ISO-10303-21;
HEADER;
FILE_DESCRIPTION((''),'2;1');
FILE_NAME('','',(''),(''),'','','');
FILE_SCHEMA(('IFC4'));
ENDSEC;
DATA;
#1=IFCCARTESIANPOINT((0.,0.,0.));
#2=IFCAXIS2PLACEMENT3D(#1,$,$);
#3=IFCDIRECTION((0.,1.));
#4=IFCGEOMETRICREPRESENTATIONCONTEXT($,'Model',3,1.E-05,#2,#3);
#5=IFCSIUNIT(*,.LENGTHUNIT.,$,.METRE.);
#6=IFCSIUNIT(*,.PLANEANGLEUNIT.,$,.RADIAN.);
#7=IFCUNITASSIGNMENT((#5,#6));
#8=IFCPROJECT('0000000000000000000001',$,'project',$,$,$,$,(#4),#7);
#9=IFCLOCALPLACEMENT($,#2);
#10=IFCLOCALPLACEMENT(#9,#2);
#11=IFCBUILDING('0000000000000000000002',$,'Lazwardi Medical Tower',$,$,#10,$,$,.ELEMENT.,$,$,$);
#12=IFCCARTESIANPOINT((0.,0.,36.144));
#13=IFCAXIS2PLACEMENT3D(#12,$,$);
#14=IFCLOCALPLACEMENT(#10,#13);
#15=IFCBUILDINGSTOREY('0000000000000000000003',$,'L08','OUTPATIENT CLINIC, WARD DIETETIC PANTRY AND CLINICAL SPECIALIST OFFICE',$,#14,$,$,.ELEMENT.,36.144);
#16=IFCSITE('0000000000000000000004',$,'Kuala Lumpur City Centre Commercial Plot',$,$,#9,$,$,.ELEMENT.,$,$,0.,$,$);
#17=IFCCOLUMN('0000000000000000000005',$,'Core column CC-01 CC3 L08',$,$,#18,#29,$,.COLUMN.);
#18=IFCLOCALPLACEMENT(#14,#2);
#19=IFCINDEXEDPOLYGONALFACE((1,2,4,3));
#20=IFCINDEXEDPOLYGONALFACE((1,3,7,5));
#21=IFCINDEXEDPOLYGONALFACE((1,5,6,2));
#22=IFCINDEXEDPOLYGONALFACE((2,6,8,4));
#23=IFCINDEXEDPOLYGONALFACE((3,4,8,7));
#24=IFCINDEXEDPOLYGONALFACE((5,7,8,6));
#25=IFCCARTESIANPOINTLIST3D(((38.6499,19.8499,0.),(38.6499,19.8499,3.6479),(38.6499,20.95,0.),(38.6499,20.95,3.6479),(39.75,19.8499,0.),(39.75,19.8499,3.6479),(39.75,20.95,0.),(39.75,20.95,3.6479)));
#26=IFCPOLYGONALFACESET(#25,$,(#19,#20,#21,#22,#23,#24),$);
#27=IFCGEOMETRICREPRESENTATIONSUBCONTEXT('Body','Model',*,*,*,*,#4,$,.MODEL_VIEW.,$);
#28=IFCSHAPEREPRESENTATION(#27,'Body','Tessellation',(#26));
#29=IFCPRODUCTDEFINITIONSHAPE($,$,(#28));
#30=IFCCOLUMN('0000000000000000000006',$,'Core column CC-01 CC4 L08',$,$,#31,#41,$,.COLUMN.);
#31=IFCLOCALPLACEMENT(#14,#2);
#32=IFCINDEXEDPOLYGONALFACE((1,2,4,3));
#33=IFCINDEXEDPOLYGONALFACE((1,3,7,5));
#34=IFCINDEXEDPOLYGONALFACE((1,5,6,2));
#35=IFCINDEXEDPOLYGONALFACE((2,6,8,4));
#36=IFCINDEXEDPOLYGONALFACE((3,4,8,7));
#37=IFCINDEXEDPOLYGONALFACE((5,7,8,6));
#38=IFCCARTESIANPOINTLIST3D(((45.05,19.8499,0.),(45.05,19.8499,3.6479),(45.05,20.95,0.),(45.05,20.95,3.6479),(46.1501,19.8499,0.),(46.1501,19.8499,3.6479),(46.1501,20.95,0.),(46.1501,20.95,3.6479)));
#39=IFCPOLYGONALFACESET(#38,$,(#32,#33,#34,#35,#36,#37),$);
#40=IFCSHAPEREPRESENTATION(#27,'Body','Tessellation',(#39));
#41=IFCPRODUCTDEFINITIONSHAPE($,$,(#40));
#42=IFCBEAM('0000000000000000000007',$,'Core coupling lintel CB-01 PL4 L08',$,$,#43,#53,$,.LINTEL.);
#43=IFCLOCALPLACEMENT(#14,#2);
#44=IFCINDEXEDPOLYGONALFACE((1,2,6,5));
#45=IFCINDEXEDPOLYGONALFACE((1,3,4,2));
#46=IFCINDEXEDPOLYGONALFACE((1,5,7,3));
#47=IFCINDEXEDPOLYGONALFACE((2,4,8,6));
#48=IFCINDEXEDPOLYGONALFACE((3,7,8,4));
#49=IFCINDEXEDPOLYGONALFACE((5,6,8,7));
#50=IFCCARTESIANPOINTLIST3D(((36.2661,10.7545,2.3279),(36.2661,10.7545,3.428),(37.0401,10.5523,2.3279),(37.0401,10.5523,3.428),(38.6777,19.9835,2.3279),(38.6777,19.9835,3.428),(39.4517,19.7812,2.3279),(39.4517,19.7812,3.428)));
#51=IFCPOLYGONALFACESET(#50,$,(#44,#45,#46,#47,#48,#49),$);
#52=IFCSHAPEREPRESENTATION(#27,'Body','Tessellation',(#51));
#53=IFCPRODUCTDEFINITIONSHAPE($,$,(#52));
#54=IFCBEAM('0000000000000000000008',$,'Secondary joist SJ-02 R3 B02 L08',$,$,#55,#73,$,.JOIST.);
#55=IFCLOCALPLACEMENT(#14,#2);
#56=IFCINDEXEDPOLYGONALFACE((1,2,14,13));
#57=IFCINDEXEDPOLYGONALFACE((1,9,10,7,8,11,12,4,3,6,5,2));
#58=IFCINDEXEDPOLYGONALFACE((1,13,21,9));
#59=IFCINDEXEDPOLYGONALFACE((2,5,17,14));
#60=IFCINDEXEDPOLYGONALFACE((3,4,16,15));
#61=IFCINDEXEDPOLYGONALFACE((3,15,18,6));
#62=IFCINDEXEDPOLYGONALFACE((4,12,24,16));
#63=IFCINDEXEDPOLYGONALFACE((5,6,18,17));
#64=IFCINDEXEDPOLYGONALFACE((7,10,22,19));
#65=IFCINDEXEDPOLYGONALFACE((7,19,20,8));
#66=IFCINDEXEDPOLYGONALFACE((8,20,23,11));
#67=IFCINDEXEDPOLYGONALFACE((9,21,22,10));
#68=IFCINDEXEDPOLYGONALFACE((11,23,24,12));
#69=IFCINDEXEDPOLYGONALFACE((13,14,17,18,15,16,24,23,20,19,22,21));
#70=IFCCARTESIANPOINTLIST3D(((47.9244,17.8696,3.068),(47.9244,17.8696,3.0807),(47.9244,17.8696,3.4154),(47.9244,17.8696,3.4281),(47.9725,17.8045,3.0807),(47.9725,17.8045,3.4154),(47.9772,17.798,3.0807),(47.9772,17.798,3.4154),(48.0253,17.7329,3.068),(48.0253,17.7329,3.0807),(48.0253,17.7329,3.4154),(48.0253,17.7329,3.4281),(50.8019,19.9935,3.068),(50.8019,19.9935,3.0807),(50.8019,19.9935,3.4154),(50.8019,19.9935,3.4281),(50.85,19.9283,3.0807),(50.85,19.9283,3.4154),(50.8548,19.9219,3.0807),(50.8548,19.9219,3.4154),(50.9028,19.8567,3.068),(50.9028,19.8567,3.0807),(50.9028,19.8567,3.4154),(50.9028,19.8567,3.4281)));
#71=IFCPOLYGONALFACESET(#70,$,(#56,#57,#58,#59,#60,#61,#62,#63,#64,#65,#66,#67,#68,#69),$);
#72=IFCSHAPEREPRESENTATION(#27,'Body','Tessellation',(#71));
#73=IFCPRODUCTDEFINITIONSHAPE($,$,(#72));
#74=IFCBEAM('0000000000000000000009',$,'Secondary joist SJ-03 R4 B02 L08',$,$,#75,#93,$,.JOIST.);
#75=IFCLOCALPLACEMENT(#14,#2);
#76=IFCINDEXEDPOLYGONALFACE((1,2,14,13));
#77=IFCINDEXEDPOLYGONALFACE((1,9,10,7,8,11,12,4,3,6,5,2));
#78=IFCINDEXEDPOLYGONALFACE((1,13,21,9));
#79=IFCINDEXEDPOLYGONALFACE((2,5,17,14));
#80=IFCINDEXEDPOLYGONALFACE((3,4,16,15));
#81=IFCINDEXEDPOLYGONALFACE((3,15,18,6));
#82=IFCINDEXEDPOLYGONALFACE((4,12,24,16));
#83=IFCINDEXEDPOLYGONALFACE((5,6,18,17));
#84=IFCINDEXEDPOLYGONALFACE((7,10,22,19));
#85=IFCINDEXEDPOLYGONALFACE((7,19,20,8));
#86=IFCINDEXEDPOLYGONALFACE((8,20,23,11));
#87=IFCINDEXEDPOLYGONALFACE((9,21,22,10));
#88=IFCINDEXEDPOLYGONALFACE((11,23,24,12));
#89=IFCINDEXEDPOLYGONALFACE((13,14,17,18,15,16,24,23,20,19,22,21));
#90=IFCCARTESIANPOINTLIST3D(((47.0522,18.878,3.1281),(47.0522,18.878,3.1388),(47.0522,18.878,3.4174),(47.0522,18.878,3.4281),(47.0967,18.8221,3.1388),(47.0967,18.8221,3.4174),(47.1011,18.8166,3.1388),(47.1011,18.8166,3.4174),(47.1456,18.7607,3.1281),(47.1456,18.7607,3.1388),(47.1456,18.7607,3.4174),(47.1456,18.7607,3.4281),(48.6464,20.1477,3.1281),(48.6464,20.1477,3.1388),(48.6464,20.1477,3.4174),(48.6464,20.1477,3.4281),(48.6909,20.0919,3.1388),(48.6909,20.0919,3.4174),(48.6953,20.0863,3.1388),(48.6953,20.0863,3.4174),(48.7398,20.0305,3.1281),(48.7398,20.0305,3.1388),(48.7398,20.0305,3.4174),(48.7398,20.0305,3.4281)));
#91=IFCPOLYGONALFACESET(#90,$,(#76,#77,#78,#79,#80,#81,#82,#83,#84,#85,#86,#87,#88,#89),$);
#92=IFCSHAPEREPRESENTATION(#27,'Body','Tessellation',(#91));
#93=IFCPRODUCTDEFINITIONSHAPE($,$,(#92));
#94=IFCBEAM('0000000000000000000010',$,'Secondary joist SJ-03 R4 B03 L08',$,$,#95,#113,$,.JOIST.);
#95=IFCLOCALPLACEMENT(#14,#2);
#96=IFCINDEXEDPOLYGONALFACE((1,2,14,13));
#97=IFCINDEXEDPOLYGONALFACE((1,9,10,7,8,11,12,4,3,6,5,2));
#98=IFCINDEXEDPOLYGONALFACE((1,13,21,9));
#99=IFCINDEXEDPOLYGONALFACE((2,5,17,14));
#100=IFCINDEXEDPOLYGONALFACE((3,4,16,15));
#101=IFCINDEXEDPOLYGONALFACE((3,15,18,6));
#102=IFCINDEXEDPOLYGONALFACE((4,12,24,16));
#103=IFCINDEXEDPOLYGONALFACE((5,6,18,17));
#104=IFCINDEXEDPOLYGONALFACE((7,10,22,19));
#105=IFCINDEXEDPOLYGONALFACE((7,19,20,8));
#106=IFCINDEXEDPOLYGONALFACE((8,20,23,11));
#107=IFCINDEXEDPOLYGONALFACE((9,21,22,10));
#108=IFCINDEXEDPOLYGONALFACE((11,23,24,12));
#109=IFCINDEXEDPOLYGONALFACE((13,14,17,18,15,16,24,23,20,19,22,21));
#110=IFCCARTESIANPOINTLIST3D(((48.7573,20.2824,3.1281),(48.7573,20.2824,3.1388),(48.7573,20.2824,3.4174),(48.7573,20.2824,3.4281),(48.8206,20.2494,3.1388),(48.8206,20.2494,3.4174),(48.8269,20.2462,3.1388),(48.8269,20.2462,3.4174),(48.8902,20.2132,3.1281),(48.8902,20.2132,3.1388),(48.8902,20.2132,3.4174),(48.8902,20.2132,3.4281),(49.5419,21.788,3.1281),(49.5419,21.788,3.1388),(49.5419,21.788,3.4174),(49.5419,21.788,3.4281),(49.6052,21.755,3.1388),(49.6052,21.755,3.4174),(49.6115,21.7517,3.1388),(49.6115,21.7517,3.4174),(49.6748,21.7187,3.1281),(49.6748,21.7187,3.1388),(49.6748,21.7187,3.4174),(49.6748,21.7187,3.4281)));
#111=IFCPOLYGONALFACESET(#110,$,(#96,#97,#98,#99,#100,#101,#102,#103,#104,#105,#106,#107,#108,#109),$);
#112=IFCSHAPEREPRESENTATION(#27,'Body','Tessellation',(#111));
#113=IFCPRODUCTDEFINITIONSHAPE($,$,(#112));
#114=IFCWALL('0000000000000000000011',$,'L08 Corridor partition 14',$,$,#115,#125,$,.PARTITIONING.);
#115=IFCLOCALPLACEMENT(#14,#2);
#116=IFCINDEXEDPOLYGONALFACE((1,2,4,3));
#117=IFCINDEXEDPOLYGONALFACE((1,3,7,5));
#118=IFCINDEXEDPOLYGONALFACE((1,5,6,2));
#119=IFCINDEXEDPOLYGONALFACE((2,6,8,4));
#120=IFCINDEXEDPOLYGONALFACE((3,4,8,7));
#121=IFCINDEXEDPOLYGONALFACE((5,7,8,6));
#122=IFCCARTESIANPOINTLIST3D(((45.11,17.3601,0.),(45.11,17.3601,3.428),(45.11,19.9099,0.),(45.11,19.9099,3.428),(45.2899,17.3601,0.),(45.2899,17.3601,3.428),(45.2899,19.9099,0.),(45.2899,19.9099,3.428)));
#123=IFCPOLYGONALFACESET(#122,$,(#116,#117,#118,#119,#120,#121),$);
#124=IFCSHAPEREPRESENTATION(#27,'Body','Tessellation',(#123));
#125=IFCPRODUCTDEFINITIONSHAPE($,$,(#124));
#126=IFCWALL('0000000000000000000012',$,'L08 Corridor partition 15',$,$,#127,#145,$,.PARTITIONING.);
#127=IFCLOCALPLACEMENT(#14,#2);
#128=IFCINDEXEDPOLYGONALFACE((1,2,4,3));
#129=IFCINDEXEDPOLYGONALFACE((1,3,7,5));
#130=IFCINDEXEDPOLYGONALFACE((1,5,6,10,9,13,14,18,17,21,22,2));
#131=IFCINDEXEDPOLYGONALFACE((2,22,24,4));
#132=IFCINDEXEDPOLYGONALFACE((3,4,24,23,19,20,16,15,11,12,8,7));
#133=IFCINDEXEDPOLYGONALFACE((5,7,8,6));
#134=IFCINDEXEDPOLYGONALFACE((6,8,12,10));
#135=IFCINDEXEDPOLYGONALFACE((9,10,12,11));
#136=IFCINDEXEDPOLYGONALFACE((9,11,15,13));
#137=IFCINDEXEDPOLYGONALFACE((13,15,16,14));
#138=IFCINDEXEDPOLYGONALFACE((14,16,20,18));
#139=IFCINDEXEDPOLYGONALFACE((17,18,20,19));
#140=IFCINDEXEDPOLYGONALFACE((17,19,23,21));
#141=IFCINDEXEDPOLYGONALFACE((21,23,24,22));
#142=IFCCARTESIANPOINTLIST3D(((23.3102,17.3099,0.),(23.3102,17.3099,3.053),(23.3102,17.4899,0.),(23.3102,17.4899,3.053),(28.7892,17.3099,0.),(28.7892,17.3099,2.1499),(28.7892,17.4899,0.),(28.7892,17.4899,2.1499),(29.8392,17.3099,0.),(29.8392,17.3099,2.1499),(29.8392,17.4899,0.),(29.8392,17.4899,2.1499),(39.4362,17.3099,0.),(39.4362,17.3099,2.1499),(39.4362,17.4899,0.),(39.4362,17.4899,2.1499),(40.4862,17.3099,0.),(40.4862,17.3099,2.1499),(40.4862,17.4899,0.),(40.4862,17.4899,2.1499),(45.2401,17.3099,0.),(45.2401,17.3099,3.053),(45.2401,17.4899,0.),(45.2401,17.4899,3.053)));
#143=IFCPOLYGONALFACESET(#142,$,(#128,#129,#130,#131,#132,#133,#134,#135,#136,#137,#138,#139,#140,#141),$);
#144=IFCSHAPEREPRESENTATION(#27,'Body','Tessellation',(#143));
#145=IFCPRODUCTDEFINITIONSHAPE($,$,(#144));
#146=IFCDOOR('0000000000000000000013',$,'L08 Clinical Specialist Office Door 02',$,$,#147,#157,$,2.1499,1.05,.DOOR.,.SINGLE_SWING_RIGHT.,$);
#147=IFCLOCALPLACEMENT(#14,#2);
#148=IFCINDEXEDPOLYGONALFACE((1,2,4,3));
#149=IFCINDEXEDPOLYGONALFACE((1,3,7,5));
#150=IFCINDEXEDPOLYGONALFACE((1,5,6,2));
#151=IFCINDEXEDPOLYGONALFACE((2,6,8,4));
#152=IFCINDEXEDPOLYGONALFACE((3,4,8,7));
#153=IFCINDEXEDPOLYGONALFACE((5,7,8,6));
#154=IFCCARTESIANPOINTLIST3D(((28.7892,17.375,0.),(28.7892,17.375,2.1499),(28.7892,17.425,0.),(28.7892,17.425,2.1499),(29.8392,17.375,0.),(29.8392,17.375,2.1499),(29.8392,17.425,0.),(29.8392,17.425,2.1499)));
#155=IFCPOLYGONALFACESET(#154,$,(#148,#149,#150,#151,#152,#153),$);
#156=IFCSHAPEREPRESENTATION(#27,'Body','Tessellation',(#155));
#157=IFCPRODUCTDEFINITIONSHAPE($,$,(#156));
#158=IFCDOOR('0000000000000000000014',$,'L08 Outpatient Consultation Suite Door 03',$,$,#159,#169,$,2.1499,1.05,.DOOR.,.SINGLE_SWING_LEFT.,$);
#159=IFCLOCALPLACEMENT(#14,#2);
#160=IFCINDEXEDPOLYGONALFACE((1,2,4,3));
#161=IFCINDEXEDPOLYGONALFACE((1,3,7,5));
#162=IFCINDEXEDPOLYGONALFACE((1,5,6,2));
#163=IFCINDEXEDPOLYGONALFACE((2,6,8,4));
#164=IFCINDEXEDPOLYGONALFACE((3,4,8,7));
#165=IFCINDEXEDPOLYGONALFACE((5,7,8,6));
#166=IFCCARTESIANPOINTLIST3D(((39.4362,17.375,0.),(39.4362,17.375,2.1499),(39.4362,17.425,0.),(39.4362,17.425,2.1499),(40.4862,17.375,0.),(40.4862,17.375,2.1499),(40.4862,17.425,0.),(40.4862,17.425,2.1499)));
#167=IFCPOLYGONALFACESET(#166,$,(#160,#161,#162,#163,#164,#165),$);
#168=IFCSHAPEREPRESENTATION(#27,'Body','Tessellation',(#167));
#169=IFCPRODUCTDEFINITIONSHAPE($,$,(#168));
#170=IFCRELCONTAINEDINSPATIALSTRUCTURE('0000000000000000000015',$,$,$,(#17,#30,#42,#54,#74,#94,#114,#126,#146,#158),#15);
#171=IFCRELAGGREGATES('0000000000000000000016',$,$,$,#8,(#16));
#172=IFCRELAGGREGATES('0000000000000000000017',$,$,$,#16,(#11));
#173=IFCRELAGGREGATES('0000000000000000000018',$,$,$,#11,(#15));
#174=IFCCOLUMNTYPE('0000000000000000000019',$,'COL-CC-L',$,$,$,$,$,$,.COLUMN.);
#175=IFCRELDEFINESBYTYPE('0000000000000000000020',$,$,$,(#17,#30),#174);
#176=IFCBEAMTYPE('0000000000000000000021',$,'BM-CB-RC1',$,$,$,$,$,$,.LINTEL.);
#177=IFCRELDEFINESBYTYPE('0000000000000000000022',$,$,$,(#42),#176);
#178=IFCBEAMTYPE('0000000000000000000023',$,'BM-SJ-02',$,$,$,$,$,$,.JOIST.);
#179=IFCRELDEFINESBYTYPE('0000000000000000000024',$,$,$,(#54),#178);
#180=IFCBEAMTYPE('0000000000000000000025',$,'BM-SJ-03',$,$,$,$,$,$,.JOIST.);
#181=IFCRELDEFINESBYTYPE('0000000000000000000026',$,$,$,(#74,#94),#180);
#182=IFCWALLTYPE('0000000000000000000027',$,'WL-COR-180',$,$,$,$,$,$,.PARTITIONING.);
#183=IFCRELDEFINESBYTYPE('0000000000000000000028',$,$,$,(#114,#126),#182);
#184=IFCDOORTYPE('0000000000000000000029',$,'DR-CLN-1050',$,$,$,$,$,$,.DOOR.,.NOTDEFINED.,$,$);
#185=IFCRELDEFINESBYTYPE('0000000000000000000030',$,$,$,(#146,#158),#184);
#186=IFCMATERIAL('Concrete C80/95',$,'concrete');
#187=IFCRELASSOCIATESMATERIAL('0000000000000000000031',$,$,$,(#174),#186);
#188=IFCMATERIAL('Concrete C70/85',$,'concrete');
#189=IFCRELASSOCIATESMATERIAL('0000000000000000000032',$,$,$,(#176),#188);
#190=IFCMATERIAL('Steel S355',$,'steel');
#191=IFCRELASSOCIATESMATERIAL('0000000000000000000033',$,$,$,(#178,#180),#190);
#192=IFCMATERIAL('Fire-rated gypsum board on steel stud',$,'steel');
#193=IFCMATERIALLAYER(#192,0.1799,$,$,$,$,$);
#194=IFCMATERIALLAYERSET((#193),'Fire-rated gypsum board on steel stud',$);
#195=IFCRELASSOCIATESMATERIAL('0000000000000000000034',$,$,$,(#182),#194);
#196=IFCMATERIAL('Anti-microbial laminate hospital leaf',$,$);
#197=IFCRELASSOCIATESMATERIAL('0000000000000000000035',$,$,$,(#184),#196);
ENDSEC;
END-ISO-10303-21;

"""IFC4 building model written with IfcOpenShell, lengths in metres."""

from ifc_helpers import new_model, si_unit, direction, frame, frame_2d, origin, origin_2d, place, context, subcontext, project, spatial, rectangle, i_section, extrude, material, layer, layer_set, material_profile, profile_set, type_object, element, fill, save


model = new_model("IFC4")

# Units and contexts
model_context = context("Model", 3, precision=1e-05, world=origin(), true_north=direction((0.0, 1.0)))
body_context = subcontext(model_context, "Body", "Model", "MODEL_VIEW")
ifc_project = project(units=[si_unit("LENGTHUNIT", "METRE"), si_unit("PLANEANGLEUNIT", "RADIAN")], contexts=[model_context])

# Site, building, storey
site_placement = place(None, origin())
site = spatial("IfcSite", under=ifc_project, at=site_placement, Name="Kuala Lumpur City Centre Commercial Plot", CompositionType="ELEMENT", RefElevation=0.0)
building_placement = place(site_placement, origin())
building = spatial("IfcBuilding", under=site, at=building_placement, Name="Lazwardi Medical Tower", CompositionType="ELEMENT")
storey_placement = place(building_placement, frame((0.0, 0.0, 36.144)))
storey = spatial("IfcBuildingStorey", under=building, at=storey_placement, Name="L08", Description="OUTPATIENT CLINIC, WARD DIETETIC PANTRY AND CLINICAL SPECIALIST OFFICE", CompositionType="ELEMENT", Elevation=36.144)

# Columns
ifc_material_1 = material(Name="Concrete C80/95", Category="concrete")
ifc_material_profile_1 = material_profile(ifc_material_1, rectangle(XDim=1.1001, YDim=1.1001, at=origin_2d()), Name="RC 1100x1100")
ifc_profile_set_1 = profile_set([ifc_material_profile_1], Name="Concrete C80/95")
column_type = type_object("IfcColumnType", Name="COL-CC-L", PredefinedType="COLUMN", material=ifc_profile_set_1)
for number, where, z_axis, x_axis, name in (
    (1, (39.2, 20.3999, 0.0), (0.0, 0.0, 1.0), (1.0, 0.0, 0.0), "Core column CC-01 CC3 L08"),
    (2, (45.6001, 20.3999, 0.0), (0.0, 0.0, 1.0), (1.0, 0.0, 0.0), "Core column CC-01 CC4 L08"),
):
    element("IfcColumn", number, at=place(storey_placement, frame(where, z_axis=z_axis, x_axis=x_axis)), inside=storey, type_object=column_type, Name=name, PredefinedType="COLUMN", context=body_context, shape_type="SweptSolid", body=[
        extrude(rectangle(XDim=1.1001, YDim=1.1001, at=origin_2d()), origin(), (0.0, 0.0, 1.0), 3.6479),
    ])

# Beams
ifc_material_2 = material(Name="Concrete C70/85", Category="concrete")
ifc_material_profile_2 = material_profile(ifc_material_2, rectangle(XDim=0.8, YDim=1.1001, at=origin_2d()), Name="RC 800x1100")
ifc_profile_set_2 = profile_set([ifc_material_profile_2], Name="Concrete C70/85")
beam_type_1 = type_object("IfcBeamType", Name="BM-CB-RC1", PredefinedType="LINTEL", material=ifc_profile_set_2)
beam_1_placement = place(storey_placement, frame((39.0647, 19.8823, 2.8779), z_axis=(-0.25282, -0.967513, 0.0), x_axis=(0.967513, -0.25282, 0.0)))
element("IfcBeam", 3, at=beam_1_placement, inside=storey, type_object=beam_type_1, Name="Core coupling lintel CB-01 PL4 L08", PredefinedType="LINTEL", context=body_context, shape_type="SweptSolid", body=[
    extrude(rectangle(XDim=0.8, YDim=1.1001, at=origin_2d()), origin(), (0.0, 0.0, 1.0), 9.5388),
])
ifc_material_3 = material(Name="Steel S355", Category="steel")
ifc_material_profile_3 = material_profile(ifc_material_3, i_section(OverallWidth=0.1699, OverallDepth=0.3601, WebThickness=0.0081, FlangeThickness=0.0127, at=origin_2d()), Name="IPE 360")
ifc_profile_set_3 = profile_set([ifc_material_profile_3], Name="Steel S355")
beam_type_2 = type_object("IfcBeamType", Name="BM-SJ-02", PredefinedType="JOIST", material=ifc_profile_set_3)
beam_2_placement = place(storey_placement, frame((47.9749, 17.8013, 3.248), z_axis=(0.80458, 0.593844, 0.0), x_axis=(-0.593844, 0.80458, 0.0)))
element("IfcBeam", 4, at=beam_2_placement, inside=storey, type_object=beam_type_2, Name="Secondary joist SJ-02 R3 B02 L08", PredefinedType="JOIST", context=body_context, shape_type="SweptSolid", body=[
    extrude(i_section(OverallWidth=0.1699, OverallDepth=0.3601, WebThickness=0.0081, FlangeThickness=0.0127, at=origin_2d()), origin(), (0.0, 0.0, 1.0), 3.5764),
])
ifc_material_profile_4 = material_profile(ifc_material_3, i_section(OverallWidth=0.1499, OverallDepth=0.3, WebThickness=0.0071, FlangeThickness=0.0107, at=origin_2d()), Name="IPE 300")
ifc_profile_set_4 = profile_set([ifc_material_profile_4], Name="Steel S355")
beam_type_3 = type_object("IfcBeamType", Name="BM-SJ-03", PredefinedType="JOIST", material=ifc_profile_set_4)
beam_3_placement = place(storey_placement, frame((47.0989, 18.8193, 3.2781), z_axis=(0.782211, 0.623014, 0.0), x_axis=(-0.623014, 0.782211, 0.0)))
element("IfcBeam", 5, at=beam_3_placement, inside=storey, type_object=beam_type_3, Name="Secondary joist SJ-03 R4 B02 L08", PredefinedType="JOIST", context=body_context, shape_type="SweptSolid", body=[
    extrude(i_section(OverallWidth=0.1499, OverallDepth=0.3, WebThickness=0.0071, FlangeThickness=0.0107, at=origin_2d()), origin(), (0.0, 0.0, 1.0), 2.0381),
])
beam_4_placement = place(storey_placement, frame((48.8237, 20.2478, 3.2781), z_axis=(0.462163, 0.886795, 0.0), x_axis=(-0.886795, 0.462163, 0.0)))
element("IfcBeam", 6, at=beam_4_placement, inside=storey, type_object=beam_type_3, Name="Secondary joist SJ-03 R4 B03 L08", PredefinedType="JOIST", context=body_context, shape_type="SweptSolid", body=[
    extrude(i_section(OverallWidth=0.1499, OverallDepth=0.3, WebThickness=0.0071, FlangeThickness=0.0107, at=origin_2d()), origin(), (0.0, 0.0, 1.0), 1.6978),
])

# Wall
ifc_material_4 = material(Name="Fire-rated gypsum board on steel stud", Category="steel")
ifc_layer_1 = layer(ifc_material_4, 0.1799)
ifc_layer_set_1 = layer_set([ifc_layer_1], Name="Fire-rated gypsum board on steel stud")
wall_type_1 = type_object("IfcWallType", Name="WL-COR-180", PredefinedType="PARTITIONING", material=ifc_layer_set_1)
wall_1_placement = place(storey_placement, frame((45.2, 19.9099, 0.0), z_axis=(0.0, 0.0, 1.0), x_axis=(0.0, -1.0, 0.0)))
element("IfcWall", 7, at=wall_1_placement, inside=storey, type_object=wall_type_1, Name="L08 Corridor partition 14", PredefinedType="PARTITIONING", context=body_context, shape_type="SweptSolid", body=[
    extrude(rectangle(XDim=2.5498, YDim=0.1799, at=frame_2d((1.2749, 0.0))), origin(), (0.0, 0.0, 1.0), 3.428),
])

# Wall, openings, doors
wall_2_placement = place(storey_placement, frame((45.24, 17.3999, 0.0), z_axis=(0.0, 0.0, 1.0), x_axis=(-1.0, 0.0, 0.0)))
wall_2 = element("IfcWall", 8, at=wall_2_placement, inside=storey, type_object=wall_type_1, Name="L08 Corridor partition 15", PredefinedType="PARTITIONING", context=body_context, shape_type="SweptSolid", body=[
    extrude(rectangle(XDim=21.9299, YDim=0.1799, at=frame_2d((10.9648, 0.0))), origin(), (0.0, 0.0, 1.0), 3.053),
])
opening_1_placement = place(wall_2_placement, frame((15.4009, 0.0, 0.0)))
opening_1 = element("IfcOpeningElement", 9, at=opening_1_placement, cuts=wall_2, PredefinedType="OPENING", context=body_context, shape_type="SweptSolid", body=[
    extrude(rectangle(XDim=1.05, YDim=2.1499, at=frame_2d((0.5249, 1.075))), frame((0.0, 0.0999, 0.0), z_axis=(0.0, -1.0, 0.0), x_axis=(1.0, 0.0, 0.0)), (0.0, 0.0, 1.0), 0.2),
])
opening_2_placement = place(wall_2_placement, frame((4.7539, 0.0, 0.0)))
opening_2 = element("IfcOpeningElement", 10, at=opening_2_placement, cuts=wall_2, PredefinedType="OPENING", context=body_context, shape_type="SweptSolid", body=[
    extrude(rectangle(XDim=1.05, YDim=2.1499, at=frame_2d((0.5249, 1.075))), frame((0.0, 0.0999, 0.0), z_axis=(0.0, -1.0, 0.0), x_axis=(1.0, 0.0, 0.0)), (0.0, 0.0, 1.0), 0.2),
])
ifc_material_5 = material(Name="Anti-microbial laminate hospital leaf")
door_type_1 = type_object("IfcDoorType", Name="DR-CLN-1050", OperationType="NOTDEFINED", PredefinedType="DOOR", material=ifc_material_5)
door_1_placement = place(opening_1_placement, origin())
door_1 = element("IfcDoor", 11, at=door_1_placement, inside=storey, type_object=door_type_1, Name="L08 Clinical Specialist Office Door 02", OperationType="SINGLE_SWING_RIGHT", OverallHeight=2.1499, OverallWidth=1.05, PredefinedType="DOOR", context=body_context, shape_type="SweptSolid", body=[
    extrude(rectangle(XDim=1.05, YDim=2.1499, at=frame_2d((0.5249, 1.075))), frame((0.0, 0.0249, 0.0), z_axis=(0.0, -1.0, 0.0), x_axis=(1.0, 0.0, 0.0)), (0.0, 0.0, 1.0), 0.05),
])
fill(opening_1, door_1)
door_2_placement = place(opening_2_placement, origin())
door_2 = element("IfcDoor", 12, at=door_2_placement, inside=storey, type_object=door_type_1, Name="L08 Outpatient Consultation Suite Door 03", OperationType="SINGLE_SWING_LEFT", OverallHeight=2.1499, OverallWidth=1.05, PredefinedType="DOOR", context=body_context, shape_type="SweptSolid", body=[
    extrude(rectangle(XDim=1.05, YDim=2.1499, at=frame_2d((0.5249, 1.075))), frame((0.0, 0.0249, 0.0), z_axis=(0.0, -1.0, 0.0), x_axis=(1.0, 0.0, 0.0)), (0.0, 0.0, 1.0), 0.05),
])
fill(opening_2, door_2)

save(model, "model.ifc")
